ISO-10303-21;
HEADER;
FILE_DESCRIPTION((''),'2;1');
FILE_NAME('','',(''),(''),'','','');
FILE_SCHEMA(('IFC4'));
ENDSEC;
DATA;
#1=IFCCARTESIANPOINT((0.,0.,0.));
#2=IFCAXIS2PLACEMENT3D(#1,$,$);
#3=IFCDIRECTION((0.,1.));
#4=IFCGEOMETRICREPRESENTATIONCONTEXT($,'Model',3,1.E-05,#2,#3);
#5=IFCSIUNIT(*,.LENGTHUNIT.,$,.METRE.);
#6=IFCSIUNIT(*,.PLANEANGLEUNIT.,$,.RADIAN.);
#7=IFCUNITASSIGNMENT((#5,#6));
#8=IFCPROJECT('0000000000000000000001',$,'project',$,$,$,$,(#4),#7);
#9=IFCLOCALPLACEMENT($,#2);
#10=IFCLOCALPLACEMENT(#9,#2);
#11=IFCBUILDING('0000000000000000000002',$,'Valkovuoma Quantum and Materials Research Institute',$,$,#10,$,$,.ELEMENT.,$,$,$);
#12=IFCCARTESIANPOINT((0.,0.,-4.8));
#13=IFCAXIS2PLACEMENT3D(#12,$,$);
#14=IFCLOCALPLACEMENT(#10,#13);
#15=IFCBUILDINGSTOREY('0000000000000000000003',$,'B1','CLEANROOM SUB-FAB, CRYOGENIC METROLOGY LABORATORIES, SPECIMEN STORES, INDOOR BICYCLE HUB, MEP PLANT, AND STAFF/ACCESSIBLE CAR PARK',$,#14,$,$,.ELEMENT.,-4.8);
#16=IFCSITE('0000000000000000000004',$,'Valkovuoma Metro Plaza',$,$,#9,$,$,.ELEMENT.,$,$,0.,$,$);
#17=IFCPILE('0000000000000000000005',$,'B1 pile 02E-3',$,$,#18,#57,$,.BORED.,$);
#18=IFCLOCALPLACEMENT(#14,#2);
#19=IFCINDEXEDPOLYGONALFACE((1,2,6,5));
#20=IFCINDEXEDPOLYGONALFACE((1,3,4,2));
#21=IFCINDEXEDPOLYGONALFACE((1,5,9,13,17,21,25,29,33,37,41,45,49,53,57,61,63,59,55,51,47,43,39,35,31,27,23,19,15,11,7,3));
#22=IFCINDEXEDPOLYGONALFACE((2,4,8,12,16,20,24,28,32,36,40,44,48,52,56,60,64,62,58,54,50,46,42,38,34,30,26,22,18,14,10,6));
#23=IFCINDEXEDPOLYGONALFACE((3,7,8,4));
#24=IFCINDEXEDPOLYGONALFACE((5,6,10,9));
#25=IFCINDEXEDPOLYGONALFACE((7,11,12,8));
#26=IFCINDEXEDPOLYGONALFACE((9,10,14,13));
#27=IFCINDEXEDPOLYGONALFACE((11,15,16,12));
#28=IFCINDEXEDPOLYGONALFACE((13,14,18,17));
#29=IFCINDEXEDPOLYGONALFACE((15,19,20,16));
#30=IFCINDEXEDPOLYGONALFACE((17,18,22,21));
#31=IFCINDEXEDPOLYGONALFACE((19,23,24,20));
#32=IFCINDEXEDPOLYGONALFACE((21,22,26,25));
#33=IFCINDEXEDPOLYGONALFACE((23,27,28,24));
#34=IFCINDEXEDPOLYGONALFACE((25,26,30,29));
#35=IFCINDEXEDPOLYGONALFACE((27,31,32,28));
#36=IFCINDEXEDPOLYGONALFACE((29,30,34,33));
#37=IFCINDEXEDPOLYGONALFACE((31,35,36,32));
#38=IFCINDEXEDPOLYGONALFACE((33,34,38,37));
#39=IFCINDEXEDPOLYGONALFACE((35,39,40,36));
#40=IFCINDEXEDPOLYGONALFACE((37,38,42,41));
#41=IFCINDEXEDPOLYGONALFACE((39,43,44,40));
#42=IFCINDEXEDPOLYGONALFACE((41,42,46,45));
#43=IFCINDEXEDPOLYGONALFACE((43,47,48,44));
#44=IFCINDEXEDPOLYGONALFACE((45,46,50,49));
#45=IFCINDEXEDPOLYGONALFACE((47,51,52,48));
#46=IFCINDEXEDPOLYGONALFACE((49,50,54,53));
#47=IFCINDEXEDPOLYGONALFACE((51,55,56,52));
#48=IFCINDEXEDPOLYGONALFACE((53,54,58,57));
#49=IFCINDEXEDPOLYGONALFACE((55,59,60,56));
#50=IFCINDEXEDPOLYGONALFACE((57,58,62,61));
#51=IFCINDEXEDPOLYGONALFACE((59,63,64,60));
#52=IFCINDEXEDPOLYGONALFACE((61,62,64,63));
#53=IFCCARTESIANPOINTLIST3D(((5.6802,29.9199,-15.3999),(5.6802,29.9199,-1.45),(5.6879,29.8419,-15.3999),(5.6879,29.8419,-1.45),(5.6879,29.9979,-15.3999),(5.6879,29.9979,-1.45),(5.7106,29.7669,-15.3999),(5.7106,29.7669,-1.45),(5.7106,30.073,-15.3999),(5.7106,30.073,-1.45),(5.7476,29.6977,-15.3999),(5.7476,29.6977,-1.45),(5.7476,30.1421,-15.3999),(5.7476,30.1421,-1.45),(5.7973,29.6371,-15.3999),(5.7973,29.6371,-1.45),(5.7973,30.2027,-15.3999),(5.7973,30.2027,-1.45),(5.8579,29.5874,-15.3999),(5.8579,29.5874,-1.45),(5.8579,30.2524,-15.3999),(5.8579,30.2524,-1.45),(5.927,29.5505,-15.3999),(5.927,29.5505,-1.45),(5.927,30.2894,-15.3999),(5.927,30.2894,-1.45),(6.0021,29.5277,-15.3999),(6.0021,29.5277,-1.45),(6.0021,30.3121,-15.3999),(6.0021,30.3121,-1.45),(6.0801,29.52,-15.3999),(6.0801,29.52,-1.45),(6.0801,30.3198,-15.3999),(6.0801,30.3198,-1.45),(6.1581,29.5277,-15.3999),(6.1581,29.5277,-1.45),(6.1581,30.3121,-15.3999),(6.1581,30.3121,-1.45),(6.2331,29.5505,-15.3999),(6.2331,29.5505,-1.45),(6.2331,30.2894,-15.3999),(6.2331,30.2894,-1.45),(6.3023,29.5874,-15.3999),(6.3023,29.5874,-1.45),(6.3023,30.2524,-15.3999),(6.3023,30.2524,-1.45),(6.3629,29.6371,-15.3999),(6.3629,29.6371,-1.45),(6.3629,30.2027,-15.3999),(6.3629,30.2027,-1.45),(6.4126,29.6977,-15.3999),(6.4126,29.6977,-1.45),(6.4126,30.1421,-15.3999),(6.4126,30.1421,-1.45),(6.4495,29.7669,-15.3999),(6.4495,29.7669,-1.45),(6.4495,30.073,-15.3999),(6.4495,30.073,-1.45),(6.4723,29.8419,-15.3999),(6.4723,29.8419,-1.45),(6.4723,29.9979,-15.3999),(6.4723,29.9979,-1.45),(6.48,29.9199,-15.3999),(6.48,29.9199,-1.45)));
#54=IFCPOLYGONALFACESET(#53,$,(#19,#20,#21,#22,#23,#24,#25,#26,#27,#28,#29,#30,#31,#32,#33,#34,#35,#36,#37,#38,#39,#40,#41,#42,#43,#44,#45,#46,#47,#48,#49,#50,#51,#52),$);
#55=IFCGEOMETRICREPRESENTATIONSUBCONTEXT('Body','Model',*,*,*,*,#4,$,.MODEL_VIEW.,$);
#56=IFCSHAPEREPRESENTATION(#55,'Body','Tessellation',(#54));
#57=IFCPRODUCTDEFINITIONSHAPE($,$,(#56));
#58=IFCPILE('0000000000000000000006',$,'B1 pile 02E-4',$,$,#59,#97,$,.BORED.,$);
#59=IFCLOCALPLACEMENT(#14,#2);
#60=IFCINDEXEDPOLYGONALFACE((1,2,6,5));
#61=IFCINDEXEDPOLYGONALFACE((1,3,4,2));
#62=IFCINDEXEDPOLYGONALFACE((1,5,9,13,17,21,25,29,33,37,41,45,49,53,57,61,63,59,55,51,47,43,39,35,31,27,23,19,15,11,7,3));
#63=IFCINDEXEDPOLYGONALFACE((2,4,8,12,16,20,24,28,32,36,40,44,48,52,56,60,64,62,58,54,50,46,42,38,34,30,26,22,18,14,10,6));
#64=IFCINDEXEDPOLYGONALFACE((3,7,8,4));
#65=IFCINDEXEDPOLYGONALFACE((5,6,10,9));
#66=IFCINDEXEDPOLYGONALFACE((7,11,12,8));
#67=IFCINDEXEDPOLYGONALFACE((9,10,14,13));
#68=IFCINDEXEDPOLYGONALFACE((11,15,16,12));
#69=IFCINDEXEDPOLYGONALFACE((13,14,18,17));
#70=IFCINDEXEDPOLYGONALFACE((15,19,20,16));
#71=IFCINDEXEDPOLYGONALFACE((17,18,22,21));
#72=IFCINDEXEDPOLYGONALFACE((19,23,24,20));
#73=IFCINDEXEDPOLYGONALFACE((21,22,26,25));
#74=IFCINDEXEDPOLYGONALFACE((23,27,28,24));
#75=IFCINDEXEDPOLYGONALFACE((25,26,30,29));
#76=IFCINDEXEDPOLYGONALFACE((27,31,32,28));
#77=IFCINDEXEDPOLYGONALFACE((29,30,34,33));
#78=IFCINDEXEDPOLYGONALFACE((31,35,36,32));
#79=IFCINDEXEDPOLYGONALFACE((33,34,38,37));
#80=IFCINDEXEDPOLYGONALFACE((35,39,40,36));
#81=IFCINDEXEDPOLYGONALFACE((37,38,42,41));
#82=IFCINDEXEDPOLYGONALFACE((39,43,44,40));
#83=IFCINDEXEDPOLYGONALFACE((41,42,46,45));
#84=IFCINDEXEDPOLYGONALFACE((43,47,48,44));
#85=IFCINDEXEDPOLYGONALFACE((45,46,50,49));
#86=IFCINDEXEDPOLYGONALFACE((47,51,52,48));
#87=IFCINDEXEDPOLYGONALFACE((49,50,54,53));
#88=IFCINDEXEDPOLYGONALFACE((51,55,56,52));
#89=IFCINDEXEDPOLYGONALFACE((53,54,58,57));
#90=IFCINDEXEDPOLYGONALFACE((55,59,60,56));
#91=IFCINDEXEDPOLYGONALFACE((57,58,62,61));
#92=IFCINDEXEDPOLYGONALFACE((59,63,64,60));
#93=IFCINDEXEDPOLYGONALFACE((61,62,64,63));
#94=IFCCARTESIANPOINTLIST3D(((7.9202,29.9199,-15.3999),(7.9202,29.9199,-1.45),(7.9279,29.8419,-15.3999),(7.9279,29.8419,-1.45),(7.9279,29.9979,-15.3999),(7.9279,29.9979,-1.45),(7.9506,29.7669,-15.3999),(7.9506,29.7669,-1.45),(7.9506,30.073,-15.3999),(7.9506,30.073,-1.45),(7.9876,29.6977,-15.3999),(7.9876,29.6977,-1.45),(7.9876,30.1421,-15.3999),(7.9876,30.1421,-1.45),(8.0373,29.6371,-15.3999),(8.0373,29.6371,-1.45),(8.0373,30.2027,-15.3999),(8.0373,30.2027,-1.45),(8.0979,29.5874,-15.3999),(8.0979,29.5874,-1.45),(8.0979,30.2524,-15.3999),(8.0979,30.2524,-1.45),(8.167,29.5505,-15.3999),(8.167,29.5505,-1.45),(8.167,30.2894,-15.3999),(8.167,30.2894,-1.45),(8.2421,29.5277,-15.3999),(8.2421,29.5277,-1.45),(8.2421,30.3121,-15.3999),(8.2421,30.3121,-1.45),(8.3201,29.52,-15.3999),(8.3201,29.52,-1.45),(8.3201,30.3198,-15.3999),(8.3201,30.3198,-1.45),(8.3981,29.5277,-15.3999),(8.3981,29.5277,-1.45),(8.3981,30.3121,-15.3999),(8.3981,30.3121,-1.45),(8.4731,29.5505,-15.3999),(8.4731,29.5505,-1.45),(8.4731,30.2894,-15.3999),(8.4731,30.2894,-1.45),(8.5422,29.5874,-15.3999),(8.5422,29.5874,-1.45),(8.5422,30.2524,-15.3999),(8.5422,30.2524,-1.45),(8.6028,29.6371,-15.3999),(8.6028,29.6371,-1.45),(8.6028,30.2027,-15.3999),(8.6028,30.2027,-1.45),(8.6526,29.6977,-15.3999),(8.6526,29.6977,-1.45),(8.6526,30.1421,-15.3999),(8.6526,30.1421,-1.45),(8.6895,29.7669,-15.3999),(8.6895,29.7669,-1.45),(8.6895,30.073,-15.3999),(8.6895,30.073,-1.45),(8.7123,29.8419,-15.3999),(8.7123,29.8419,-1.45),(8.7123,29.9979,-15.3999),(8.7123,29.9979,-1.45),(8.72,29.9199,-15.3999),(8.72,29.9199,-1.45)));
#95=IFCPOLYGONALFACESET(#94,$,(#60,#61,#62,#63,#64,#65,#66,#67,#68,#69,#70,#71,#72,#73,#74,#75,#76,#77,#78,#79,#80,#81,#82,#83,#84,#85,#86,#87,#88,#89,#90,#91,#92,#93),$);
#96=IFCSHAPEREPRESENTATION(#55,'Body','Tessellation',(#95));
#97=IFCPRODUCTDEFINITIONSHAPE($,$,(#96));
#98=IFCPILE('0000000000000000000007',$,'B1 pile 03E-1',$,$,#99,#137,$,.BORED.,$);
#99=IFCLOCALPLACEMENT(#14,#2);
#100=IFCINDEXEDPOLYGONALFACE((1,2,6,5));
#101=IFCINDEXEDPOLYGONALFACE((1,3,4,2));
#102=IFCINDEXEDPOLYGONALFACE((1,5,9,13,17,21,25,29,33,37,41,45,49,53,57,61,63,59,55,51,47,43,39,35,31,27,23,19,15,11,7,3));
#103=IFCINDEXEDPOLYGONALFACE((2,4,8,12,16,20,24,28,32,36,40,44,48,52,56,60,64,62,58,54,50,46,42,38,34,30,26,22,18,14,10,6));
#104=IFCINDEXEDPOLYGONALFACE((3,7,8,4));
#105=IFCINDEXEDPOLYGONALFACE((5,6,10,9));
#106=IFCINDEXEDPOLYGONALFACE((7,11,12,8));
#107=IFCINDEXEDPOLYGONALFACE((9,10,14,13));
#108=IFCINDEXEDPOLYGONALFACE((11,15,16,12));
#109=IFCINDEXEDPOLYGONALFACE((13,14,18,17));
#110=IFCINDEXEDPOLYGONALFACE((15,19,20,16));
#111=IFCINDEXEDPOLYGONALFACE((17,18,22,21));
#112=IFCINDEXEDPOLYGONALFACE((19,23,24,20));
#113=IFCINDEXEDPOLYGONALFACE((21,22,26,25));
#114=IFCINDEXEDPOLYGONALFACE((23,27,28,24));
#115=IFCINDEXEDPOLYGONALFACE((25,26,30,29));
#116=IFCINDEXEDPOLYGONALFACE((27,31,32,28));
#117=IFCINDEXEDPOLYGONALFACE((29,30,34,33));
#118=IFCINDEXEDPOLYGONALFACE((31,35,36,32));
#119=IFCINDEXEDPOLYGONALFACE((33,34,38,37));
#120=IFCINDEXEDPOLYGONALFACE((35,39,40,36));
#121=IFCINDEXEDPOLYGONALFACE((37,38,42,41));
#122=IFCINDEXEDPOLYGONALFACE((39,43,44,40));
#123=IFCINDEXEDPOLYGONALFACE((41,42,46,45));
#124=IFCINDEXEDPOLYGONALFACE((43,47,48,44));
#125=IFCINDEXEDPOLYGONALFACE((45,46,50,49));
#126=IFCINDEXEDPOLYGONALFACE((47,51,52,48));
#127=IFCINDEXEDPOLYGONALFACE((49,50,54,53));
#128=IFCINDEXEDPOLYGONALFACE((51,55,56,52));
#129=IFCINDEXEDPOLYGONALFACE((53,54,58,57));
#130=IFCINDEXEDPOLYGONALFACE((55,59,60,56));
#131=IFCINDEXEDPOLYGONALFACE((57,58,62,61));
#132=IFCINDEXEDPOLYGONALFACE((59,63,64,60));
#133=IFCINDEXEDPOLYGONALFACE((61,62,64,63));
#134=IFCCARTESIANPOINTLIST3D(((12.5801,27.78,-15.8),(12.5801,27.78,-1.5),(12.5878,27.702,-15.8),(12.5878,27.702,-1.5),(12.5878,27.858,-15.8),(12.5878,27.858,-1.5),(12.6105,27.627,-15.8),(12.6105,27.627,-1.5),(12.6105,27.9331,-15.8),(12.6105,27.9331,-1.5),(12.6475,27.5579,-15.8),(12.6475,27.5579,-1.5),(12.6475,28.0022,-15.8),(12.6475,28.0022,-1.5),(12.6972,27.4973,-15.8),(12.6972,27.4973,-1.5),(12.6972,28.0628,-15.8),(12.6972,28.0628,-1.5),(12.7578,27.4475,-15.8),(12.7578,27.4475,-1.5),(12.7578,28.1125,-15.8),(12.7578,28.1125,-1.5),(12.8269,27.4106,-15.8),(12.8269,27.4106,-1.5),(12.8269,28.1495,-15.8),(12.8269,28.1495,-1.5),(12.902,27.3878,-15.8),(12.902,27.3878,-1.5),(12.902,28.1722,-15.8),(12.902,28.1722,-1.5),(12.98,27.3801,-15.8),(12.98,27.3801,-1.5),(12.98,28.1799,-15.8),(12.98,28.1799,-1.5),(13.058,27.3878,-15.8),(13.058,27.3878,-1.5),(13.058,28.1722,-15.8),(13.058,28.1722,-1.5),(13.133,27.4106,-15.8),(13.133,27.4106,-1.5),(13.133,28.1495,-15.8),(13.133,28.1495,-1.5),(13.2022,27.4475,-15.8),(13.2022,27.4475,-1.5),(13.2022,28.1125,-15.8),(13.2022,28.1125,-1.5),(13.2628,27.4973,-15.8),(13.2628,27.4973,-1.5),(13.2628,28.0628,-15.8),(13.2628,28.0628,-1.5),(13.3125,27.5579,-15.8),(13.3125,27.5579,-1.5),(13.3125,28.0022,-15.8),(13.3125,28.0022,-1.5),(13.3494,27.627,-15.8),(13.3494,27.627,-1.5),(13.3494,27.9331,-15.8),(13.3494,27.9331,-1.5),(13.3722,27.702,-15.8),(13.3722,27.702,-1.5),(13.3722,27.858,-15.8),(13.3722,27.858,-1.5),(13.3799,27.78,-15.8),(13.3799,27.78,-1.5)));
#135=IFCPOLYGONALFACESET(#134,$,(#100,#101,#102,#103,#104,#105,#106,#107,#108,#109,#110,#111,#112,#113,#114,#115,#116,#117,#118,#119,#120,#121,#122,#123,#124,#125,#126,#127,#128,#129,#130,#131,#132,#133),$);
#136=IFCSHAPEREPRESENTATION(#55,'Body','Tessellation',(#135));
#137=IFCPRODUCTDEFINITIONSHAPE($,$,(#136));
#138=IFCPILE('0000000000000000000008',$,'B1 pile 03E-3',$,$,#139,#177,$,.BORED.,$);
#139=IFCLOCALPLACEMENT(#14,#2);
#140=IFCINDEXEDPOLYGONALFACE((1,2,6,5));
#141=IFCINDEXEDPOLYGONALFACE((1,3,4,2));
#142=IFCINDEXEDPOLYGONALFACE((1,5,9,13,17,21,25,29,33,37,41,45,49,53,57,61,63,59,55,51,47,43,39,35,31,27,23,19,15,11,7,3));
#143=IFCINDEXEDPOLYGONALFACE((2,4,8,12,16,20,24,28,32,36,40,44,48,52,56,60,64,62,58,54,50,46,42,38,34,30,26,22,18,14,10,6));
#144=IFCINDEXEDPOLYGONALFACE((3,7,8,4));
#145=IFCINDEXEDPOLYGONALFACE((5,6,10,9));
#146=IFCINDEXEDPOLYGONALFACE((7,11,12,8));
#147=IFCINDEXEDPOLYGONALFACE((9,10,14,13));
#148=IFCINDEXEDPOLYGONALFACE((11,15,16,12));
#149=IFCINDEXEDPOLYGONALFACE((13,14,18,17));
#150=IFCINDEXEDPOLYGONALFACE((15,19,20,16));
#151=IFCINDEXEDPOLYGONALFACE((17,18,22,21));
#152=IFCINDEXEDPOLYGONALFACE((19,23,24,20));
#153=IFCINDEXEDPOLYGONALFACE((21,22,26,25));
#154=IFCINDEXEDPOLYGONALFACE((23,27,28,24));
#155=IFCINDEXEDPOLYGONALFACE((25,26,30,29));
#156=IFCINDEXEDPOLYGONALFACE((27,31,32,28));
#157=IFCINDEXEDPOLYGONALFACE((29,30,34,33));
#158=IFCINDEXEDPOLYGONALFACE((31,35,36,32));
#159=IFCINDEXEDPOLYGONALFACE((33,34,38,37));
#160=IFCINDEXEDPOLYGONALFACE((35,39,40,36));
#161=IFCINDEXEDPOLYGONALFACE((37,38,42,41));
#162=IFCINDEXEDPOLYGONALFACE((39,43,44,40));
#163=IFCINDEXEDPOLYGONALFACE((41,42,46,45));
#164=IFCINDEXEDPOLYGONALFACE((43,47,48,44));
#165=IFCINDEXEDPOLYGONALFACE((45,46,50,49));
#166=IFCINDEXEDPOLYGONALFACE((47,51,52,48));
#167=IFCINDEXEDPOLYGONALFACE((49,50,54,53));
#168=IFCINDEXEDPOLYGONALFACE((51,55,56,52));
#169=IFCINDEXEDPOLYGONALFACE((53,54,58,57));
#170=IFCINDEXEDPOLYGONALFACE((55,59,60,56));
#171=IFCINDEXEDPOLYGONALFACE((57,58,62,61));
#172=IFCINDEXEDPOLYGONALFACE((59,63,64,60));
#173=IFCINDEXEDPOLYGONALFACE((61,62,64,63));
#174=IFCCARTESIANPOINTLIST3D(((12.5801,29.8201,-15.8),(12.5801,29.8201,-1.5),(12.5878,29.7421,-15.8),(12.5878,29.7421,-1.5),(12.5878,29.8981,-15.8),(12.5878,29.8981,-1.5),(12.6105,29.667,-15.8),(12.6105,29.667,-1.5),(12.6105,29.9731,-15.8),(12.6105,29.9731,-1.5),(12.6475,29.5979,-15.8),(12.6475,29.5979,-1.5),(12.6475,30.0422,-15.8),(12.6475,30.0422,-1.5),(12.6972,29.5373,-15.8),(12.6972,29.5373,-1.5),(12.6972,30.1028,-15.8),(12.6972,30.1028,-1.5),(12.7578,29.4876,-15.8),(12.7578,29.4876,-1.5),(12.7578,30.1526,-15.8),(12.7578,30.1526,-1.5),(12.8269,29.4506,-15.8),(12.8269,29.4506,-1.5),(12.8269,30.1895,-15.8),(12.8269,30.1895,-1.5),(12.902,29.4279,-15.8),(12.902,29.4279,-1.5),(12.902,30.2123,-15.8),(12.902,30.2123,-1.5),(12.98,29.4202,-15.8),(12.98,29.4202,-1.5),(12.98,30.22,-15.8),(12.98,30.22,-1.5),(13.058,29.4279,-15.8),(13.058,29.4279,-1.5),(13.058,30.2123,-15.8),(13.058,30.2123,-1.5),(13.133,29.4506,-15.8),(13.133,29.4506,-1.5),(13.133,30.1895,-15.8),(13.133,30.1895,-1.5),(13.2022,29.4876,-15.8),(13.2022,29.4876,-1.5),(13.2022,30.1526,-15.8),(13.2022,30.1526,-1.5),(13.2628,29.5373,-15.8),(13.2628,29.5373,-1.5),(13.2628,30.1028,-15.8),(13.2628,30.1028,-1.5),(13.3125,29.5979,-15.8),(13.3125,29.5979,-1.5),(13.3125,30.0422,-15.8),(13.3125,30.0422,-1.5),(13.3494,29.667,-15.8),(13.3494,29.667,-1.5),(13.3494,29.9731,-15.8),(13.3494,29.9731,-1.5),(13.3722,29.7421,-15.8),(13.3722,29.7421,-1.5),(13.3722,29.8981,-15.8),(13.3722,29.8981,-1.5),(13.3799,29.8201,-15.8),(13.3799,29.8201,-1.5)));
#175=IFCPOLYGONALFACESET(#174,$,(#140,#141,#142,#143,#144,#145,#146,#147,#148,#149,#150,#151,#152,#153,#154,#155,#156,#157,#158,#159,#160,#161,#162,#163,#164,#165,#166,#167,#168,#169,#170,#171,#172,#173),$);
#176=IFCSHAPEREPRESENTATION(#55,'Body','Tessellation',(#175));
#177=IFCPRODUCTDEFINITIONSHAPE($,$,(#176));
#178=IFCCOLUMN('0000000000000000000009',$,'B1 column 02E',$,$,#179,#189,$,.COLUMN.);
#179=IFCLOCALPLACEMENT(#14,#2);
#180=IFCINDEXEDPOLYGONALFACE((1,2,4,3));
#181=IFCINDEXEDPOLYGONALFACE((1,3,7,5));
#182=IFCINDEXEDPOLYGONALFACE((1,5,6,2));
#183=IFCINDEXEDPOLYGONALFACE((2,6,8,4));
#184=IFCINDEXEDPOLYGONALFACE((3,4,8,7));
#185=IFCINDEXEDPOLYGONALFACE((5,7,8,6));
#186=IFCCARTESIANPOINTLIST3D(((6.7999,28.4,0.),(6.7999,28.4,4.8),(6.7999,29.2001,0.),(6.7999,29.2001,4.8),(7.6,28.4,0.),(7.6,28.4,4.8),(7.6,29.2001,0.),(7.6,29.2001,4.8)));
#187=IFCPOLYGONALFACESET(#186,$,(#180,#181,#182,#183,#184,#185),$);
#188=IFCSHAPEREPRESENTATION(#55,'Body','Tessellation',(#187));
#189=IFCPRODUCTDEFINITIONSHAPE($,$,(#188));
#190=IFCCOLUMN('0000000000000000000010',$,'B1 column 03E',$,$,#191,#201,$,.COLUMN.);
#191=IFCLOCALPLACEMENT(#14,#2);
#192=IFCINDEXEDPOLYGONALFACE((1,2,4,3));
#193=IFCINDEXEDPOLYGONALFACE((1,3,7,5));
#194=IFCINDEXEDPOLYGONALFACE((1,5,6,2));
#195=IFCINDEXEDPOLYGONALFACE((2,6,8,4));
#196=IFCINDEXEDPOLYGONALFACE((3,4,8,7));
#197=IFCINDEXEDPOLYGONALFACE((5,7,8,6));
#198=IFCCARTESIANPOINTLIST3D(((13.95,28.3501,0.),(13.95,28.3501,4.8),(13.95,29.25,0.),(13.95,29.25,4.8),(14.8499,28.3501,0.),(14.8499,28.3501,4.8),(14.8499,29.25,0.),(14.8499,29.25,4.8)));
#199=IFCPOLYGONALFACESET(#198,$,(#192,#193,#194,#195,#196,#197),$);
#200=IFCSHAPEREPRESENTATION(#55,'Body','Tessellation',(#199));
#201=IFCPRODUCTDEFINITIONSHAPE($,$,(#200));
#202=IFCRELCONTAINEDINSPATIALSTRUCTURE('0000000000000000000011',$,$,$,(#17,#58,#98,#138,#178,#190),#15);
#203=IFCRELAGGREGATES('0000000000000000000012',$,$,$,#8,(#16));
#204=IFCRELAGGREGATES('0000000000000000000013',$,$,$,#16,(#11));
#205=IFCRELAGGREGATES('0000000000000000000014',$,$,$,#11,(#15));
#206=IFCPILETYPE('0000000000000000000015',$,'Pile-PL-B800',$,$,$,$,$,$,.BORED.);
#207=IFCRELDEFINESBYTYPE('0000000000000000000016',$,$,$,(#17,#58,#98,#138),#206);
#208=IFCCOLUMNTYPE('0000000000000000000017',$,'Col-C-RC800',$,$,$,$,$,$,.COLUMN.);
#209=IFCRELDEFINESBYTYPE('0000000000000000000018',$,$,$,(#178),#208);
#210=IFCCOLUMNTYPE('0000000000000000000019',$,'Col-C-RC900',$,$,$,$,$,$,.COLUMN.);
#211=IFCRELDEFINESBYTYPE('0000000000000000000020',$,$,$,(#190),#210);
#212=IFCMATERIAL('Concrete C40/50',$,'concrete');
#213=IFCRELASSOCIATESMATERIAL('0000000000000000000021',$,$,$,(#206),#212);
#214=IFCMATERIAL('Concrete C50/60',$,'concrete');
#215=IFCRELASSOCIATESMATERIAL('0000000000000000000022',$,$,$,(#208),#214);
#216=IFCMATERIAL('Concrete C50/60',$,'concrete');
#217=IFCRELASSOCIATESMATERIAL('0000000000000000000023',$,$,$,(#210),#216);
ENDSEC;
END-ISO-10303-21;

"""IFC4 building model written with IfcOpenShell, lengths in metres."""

from ifc_helpers import new_model, si_unit, direction, frame, origin, origin_2d, place, context, subcontext, project, spatial, rectangle, circle, extrude, material, material_profile, profile_set, type_object, element, save


model = new_model("IFC4")

# Units and contexts
model_context = context("Model", 3, precision=1e-05, world=origin(), true_north=direction((0.0, 1.0)))
body_context = subcontext(model_context, "Body", "Model", "MODEL_VIEW")
ifc_project = project(units=[si_unit("LENGTHUNIT", "METRE"), si_unit("PLANEANGLEUNIT", "RADIAN")], contexts=[model_context])

# Site, building, storey
site_placement = place(None, origin())
site = spatial("IfcSite", under=ifc_project, at=site_placement, Name="Valkovuoma Metro Plaza", CompositionType="ELEMENT", RefElevation=0.0)
building_placement = place(site_placement, origin())
building = spatial("IfcBuilding", under=site, at=building_placement, Name="Valkovuoma Quantum and Materials Research Institute", CompositionType="ELEMENT")
storey_placement = place(building_placement, frame((0.0, 0.0, -4.8)))
storey = spatial("IfcBuildingStorey", under=building, at=storey_placement, Name="B1", Description="CLEANROOM SUB-FAB, CRYOGENIC METROLOGY LABORATORIES, SPECIMEN STORES, INDOOR BICYCLE HUB, MEP PLANT, AND STAFF/ACCESSIBLE CAR PARK", CompositionType="ELEMENT", Elevation=-4.8)

# Piles
ifc_material_1 = material(Name="Concrete C40/50", Category="concrete")
ifc_material_profile_1 = material_profile(ifc_material_1, circle(Radius=0.3999, at=origin_2d()), Name="Concrete C40/50")
ifc_profile_set_1 = profile_set([ifc_material_profile_1], Name="Concrete C40/50")
pile_type_1 = type_object("IfcPileType", Name="Pile-PL-B800", PredefinedType="BORED", material=ifc_profile_set_1)
for number, where, z_axis, x_axis, name in (
    (1, (6.0801, 29.9199, -1.45), (0.0, 0.0, -1.0), (1.0, 0.0, 0.0), "B1 pile 02E-3"),
    (2, (8.3201, 29.9199, -1.45), (0.0, 0.0, -1.0), (1.0, 0.0, 0.0), "B1 pile 02E-4"),
):
    element("IfcPile", number, at=place(storey_placement, frame(where, z_axis=z_axis, x_axis=x_axis)), inside=storey, type_object=pile_type_1, Name=name, PredefinedType="BORED", context=body_context, shape_type="SweptSolid", body=[
        extrude(circle(Radius=0.3999, at=origin_2d()), origin(), (0.0, 0.0, 1.0), 13.95),
    ])
for number, where, z_axis, x_axis, name in (
    (3, (12.98, 27.78, -1.5), (0.0, 0.0, -1.0), (1.0, 0.0, 0.0), "B1 pile 03E-1"),
    (4, (12.98, 29.8201, -1.5), (0.0, 0.0, -1.0), (1.0, 0.0, 0.0), "B1 pile 03E-3"),
):
    element("IfcPile", number, at=place(storey_placement, frame(where, z_axis=z_axis, x_axis=x_axis)), inside=storey, type_object=pile_type_1, Name=name, PredefinedType="BORED", context=body_context, shape_type="SweptSolid", body=[
        extrude(circle(Radius=0.3999, at=origin_2d()), origin(), (0.0, 0.0, 1.0), 14.3),
    ])

# Columns
ifc_material_2 = material(Name="Concrete C50/60", Category="concrete")
ifc_material_profile_2 = material_profile(ifc_material_2, rectangle(XDim=0.8, YDim=0.8, at=origin_2d()), Name="Concrete C50/60")
ifc_profile_set_2 = profile_set([ifc_material_profile_2], Name="Concrete C50/60")
column_type_1 = type_object("IfcColumnType", Name="Col-C-RC800", PredefinedType="COLUMN", material=ifc_profile_set_2)
column_1_placement = place(storey_placement, frame((7.2, 28.8, 0.0), z_axis=(0.0, 0.0, 1.0), x_axis=(1.0, 0.0, 0.0)))
element("IfcColumn", 5, at=column_1_placement, inside=storey, type_object=column_type_1, Name="B1 column 02E", PredefinedType="COLUMN", context=body_context, shape_type="SweptSolid", body=[
    extrude(rectangle(XDim=0.8, YDim=0.8, at=origin_2d()), origin(), (0.0, 0.0, 1.0), 4.8),
])
ifc_material_3 = material(Name="Concrete C50/60", Category="concrete")
ifc_material_profile_3 = material_profile(ifc_material_3, rectangle(XDim=0.8999, YDim=0.8999, at=origin_2d()), Name="Concrete C50/60")
ifc_profile_set_3 = profile_set([ifc_material_profile_3], Name="Concrete C50/60")
column_type_2 = type_object("IfcColumnType", Name="Col-C-RC900", PredefinedType="COLUMN", material=ifc_profile_set_3)
column_2_placement = place(storey_placement, frame((14.3999, 28.8, 0.0), z_axis=(0.0, 0.0, 1.0), x_axis=(1.0, 0.0, 0.0)))
element("IfcColumn", 6, at=column_2_placement, inside=storey, type_object=column_type_2, Name="B1 column 03E", PredefinedType="COLUMN", context=body_context, shape_type="SweptSolid", body=[
    extrude(rectangle(XDim=0.8999, YDim=0.8999, at=origin_2d()), origin(), (0.0, 0.0, 1.0), 4.8),
])

save(model, "model.ifc")
